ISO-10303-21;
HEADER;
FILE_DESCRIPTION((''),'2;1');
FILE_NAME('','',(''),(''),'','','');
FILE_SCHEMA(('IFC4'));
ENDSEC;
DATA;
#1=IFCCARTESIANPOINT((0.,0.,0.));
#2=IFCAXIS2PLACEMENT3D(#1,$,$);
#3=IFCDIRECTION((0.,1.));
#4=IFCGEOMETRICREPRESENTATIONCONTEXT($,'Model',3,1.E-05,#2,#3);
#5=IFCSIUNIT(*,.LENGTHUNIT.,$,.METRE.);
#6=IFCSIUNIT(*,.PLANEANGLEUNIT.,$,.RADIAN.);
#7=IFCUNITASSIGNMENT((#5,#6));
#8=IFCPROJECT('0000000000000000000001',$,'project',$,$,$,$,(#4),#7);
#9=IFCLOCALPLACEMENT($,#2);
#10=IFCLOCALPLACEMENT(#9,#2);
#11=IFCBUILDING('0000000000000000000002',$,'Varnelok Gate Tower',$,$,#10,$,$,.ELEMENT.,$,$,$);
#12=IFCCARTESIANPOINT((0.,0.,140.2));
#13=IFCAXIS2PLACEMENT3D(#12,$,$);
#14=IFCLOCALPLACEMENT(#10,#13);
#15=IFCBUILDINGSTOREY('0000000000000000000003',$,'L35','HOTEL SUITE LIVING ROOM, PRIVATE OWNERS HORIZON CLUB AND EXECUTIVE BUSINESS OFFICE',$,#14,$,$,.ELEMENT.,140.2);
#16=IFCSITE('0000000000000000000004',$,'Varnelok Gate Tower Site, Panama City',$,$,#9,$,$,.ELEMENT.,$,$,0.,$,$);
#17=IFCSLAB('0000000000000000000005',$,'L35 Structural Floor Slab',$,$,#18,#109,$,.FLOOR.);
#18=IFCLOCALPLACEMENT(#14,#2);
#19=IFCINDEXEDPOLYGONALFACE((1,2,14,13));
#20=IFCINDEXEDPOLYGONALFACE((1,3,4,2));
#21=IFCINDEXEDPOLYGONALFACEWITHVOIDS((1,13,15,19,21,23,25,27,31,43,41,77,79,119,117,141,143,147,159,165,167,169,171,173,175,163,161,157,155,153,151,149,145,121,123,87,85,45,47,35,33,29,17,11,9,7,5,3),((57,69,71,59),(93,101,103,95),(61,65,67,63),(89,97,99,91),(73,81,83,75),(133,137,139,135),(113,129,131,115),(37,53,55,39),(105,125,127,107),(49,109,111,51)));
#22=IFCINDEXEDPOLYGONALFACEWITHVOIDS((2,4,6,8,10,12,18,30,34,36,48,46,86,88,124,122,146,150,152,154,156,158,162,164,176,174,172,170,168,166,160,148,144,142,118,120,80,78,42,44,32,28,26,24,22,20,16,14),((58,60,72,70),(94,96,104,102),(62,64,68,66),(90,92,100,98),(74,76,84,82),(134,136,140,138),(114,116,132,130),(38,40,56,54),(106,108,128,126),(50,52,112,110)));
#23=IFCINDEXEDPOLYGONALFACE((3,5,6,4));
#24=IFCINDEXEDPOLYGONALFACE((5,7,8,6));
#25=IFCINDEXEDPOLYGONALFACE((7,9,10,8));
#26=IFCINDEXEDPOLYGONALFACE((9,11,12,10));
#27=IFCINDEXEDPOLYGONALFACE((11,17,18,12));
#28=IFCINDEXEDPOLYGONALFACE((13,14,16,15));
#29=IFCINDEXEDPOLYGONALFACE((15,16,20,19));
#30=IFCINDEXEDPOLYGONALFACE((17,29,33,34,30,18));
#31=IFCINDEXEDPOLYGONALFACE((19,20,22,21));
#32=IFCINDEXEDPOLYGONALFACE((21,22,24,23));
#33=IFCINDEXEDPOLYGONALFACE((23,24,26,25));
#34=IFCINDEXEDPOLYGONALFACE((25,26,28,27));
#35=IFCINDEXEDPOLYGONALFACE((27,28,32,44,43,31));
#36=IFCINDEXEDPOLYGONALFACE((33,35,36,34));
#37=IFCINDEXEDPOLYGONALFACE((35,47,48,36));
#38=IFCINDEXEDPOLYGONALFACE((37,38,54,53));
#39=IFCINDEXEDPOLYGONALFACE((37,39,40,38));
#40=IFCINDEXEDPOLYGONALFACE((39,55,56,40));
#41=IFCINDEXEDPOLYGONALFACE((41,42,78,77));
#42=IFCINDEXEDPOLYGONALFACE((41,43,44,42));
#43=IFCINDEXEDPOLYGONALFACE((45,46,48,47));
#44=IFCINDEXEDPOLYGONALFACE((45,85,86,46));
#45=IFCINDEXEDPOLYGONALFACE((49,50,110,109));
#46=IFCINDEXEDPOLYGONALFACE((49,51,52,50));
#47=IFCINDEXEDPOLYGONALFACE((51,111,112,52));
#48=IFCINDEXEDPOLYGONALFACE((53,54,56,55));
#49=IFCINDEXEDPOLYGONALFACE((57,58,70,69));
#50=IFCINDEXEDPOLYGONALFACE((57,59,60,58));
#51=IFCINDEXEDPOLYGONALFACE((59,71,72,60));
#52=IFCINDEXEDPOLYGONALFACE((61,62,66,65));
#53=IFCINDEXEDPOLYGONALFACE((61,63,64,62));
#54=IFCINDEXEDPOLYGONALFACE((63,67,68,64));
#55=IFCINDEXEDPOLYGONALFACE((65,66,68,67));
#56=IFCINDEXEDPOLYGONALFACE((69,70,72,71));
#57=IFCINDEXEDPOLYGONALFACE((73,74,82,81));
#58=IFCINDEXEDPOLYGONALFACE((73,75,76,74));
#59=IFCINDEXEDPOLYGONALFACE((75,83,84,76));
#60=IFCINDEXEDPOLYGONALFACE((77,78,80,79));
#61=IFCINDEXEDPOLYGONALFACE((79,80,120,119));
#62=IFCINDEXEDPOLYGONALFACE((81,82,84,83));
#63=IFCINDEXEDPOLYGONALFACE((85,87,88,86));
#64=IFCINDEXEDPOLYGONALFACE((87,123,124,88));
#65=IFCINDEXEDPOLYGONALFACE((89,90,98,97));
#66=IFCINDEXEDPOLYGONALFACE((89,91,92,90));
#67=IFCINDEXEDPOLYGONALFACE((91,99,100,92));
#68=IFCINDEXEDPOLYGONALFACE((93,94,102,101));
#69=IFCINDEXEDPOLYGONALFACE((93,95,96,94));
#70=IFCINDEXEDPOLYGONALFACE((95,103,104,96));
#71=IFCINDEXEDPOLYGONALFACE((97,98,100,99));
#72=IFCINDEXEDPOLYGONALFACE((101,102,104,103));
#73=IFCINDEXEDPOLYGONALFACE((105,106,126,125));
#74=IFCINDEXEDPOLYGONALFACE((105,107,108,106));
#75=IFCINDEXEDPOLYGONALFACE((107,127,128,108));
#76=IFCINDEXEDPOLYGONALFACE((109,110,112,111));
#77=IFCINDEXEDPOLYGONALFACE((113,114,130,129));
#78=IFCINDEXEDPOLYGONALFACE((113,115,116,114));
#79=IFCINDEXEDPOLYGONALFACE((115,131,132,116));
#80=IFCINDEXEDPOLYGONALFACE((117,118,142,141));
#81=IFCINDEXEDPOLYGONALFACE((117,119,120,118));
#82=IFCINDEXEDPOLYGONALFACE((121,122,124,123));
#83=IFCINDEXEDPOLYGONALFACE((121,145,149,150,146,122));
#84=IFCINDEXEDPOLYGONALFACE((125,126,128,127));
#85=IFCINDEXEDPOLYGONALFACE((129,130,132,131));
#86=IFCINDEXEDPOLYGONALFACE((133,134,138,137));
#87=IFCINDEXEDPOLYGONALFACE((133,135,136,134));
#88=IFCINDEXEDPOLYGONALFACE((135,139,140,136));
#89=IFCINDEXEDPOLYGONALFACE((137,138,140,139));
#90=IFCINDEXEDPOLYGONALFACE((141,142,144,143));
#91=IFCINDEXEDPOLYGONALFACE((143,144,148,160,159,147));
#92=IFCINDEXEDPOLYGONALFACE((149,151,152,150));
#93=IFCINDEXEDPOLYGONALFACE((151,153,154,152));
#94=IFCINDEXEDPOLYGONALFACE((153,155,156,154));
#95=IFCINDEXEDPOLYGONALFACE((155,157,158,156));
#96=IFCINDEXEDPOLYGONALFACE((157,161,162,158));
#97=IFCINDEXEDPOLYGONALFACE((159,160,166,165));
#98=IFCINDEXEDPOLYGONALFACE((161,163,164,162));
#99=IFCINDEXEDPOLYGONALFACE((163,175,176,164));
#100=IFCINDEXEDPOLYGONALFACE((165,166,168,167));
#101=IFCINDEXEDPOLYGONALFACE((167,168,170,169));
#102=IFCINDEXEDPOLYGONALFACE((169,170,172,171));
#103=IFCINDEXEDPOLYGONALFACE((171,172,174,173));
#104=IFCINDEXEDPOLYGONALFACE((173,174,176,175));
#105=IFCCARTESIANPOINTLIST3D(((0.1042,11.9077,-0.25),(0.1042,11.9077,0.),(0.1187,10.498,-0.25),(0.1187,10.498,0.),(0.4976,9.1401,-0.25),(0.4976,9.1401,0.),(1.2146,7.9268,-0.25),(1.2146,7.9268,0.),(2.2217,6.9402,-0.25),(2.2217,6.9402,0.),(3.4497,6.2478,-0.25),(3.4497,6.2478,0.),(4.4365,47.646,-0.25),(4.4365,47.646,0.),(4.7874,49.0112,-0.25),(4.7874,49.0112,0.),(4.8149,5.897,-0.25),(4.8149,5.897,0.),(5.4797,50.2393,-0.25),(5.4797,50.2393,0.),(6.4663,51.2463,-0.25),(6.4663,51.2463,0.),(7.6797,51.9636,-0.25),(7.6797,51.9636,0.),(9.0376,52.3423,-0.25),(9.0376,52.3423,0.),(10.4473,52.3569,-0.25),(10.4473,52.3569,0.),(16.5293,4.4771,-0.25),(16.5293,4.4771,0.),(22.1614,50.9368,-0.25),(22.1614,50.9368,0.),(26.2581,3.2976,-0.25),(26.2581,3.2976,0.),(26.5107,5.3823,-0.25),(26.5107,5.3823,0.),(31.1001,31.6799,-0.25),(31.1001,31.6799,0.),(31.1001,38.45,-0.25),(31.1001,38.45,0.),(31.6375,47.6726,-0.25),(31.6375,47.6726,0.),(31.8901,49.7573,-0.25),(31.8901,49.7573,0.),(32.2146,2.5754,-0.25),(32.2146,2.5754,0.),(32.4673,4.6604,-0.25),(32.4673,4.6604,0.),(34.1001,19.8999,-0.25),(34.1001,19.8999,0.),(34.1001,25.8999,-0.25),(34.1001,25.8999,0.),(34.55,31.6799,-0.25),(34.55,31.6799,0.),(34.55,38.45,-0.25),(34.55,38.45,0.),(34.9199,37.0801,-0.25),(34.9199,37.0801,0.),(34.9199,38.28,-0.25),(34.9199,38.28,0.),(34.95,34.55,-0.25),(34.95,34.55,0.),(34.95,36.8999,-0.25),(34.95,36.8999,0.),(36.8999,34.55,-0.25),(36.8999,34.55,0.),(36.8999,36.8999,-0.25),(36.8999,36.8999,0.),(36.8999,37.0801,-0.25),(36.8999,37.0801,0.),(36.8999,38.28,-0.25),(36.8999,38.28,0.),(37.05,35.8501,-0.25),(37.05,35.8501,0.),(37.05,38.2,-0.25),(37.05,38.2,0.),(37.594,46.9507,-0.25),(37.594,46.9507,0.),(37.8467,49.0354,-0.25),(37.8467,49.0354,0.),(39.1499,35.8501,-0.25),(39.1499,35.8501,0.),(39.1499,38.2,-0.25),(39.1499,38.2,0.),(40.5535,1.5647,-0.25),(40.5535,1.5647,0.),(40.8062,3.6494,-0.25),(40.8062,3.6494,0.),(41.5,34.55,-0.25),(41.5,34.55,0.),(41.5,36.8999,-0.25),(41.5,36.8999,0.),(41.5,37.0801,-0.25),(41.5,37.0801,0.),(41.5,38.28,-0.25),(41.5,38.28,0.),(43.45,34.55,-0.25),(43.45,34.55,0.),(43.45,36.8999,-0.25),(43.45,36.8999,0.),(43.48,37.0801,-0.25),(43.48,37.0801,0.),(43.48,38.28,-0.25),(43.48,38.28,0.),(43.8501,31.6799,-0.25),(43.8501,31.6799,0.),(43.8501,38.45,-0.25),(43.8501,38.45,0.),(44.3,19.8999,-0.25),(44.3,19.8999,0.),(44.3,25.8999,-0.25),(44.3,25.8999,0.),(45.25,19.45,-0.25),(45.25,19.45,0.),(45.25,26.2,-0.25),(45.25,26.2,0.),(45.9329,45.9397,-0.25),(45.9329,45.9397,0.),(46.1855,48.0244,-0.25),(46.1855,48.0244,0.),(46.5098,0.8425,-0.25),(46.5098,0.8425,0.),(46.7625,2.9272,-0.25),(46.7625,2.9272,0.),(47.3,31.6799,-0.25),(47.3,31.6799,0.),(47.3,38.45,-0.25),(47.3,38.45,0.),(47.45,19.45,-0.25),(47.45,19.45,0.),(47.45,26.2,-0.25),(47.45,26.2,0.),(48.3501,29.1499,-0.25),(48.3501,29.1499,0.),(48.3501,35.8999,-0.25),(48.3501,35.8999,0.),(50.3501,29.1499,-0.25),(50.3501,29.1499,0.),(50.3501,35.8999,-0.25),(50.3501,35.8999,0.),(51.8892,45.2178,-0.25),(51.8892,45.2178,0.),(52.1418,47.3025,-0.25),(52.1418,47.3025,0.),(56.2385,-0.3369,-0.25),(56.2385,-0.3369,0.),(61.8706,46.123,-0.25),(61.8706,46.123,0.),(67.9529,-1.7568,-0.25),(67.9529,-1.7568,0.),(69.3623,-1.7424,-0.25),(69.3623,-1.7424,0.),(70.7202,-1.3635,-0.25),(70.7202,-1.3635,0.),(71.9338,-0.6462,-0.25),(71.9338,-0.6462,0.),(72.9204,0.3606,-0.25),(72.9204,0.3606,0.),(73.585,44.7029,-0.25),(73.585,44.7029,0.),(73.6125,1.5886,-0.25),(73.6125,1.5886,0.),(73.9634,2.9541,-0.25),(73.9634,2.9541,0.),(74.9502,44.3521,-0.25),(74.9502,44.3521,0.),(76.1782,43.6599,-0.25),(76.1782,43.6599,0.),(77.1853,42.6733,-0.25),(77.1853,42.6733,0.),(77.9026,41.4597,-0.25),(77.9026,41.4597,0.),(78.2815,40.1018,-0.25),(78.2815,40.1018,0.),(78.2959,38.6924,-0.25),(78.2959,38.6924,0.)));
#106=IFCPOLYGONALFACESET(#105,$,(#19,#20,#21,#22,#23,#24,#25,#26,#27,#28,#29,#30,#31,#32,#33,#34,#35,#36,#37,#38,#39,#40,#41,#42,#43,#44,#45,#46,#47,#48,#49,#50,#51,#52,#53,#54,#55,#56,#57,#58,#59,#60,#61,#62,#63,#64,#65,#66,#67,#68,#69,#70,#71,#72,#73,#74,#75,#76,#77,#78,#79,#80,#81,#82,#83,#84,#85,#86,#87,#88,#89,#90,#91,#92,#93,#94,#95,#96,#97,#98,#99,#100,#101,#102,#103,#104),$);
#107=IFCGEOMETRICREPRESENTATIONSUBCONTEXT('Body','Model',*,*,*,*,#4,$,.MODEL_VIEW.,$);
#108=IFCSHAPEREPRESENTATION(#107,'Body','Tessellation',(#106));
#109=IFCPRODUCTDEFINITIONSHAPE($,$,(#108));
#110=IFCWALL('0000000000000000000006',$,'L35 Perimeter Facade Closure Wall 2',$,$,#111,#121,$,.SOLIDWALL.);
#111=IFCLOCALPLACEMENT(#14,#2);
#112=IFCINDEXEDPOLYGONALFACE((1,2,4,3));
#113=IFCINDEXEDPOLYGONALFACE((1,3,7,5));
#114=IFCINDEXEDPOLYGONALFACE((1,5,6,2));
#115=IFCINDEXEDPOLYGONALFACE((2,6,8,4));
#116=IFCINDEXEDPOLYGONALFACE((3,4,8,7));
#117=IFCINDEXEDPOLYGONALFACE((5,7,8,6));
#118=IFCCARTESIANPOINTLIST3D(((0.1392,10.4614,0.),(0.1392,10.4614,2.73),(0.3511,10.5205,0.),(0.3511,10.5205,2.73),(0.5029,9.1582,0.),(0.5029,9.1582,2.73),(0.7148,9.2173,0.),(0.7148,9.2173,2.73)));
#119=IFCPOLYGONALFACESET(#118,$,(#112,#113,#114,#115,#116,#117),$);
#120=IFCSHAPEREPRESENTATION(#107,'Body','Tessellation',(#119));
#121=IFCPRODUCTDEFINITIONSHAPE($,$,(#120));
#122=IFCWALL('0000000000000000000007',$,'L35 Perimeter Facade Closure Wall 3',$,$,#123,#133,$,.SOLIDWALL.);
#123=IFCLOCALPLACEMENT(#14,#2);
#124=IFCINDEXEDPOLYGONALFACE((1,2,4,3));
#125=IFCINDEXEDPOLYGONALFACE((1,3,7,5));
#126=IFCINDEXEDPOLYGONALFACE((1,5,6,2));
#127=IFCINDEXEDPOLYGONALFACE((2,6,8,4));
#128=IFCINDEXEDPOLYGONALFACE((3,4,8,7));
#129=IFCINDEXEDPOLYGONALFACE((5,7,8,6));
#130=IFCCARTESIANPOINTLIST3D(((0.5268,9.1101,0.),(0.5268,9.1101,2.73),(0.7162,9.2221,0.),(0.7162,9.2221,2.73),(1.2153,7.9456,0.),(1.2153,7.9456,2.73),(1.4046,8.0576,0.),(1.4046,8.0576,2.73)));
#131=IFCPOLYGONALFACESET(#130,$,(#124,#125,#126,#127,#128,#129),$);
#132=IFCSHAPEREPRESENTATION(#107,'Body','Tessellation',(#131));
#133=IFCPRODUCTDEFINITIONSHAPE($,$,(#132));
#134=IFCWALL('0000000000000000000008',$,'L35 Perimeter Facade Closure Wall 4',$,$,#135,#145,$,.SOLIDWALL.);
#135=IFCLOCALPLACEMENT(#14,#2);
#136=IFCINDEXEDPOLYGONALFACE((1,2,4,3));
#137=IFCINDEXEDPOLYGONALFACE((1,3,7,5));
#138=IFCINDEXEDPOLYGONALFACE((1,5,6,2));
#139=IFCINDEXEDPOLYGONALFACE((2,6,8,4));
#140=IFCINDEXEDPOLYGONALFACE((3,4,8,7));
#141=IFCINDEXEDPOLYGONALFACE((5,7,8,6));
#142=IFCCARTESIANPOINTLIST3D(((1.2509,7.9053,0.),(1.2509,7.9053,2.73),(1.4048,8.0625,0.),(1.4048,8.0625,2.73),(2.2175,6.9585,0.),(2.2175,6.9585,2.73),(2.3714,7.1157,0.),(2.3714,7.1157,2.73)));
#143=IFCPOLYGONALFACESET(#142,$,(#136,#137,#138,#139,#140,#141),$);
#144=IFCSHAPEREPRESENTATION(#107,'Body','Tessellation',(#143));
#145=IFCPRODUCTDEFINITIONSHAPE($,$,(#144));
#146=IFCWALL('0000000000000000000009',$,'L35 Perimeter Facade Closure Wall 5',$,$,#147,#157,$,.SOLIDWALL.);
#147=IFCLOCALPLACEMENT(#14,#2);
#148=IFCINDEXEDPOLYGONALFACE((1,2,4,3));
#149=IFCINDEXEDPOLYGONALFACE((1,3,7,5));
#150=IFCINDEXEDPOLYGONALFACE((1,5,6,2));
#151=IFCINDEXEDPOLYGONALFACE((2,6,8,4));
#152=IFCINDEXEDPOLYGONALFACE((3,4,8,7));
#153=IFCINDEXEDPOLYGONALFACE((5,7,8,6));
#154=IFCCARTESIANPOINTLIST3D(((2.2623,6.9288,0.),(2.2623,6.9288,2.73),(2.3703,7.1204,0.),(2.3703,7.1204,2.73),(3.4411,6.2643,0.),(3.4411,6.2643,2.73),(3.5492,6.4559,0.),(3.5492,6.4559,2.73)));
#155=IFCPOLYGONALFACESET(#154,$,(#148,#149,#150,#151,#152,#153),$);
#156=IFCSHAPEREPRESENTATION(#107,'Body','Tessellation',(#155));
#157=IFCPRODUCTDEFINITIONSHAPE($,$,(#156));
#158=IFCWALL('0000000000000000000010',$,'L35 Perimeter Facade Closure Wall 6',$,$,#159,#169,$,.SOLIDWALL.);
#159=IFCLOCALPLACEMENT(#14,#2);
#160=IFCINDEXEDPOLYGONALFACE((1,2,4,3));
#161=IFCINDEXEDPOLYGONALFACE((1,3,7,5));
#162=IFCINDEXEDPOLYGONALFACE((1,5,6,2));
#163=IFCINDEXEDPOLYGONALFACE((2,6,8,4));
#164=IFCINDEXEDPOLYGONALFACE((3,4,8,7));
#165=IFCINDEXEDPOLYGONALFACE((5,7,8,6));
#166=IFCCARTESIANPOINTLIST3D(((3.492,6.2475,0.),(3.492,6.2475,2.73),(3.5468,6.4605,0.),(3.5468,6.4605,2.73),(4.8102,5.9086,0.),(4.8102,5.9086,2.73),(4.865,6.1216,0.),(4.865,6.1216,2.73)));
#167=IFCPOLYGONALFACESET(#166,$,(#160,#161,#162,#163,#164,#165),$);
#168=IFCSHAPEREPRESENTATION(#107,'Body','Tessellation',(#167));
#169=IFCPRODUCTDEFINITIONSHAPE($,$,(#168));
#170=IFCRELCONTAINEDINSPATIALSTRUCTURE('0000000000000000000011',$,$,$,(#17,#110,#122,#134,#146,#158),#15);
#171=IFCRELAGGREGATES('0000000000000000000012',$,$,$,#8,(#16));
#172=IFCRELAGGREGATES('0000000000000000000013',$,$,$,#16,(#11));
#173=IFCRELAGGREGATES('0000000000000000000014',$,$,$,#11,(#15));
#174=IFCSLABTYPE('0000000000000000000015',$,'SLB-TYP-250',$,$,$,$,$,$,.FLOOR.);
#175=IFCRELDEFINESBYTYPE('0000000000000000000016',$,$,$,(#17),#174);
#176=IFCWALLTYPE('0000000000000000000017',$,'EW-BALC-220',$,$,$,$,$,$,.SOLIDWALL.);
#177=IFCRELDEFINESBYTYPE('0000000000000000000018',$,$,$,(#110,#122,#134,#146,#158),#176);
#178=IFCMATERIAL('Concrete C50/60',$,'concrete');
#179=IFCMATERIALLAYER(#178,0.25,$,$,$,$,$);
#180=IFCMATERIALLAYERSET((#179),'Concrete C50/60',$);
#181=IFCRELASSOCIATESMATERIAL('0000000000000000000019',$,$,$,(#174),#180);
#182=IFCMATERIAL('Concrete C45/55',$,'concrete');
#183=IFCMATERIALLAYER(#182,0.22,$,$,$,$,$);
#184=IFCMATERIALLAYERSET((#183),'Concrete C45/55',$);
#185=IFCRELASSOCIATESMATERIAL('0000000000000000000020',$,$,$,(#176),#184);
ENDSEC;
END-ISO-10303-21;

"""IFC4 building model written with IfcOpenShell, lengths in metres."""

from ifc_helpers import new_model, si_unit, direction, frame, frame_2d, origin, place, context, subcontext, project, spatial, polyline, rectangle, outline, extrude, material, layer, layer_set, type_object, element, save


model = new_model("IFC4")

# Units and contexts
model_context = context("Model", 3, precision=1e-05, world=origin(), true_north=direction((0.0, 1.0)))
body_context = subcontext(model_context, "Body", "Model", "MODEL_VIEW")
ifc_project = project(units=[si_unit("LENGTHUNIT", "METRE"), si_unit("PLANEANGLEUNIT", "RADIAN")], contexts=[model_context])

# Site, building, storey
site_placement = place(None, origin())
site = spatial("IfcSite", under=ifc_project, at=site_placement, Name="Varnelok Gate Tower Site, Panama City", CompositionType="ELEMENT", RefElevation=0.0)
building_placement = place(site_placement, origin())
building = spatial("IfcBuilding", under=site, at=building_placement, Name="Varnelok Gate Tower", CompositionType="ELEMENT")
storey_placement = place(building_placement, frame((0.0, 0.0, 140.2)))
storey = spatial("IfcBuildingStorey", under=building, at=storey_placement, Name="L35", Description="HOTEL SUITE LIVING ROOM, PRIVATE OWNERS HORIZON CLUB AND EXECUTIVE BUSINESS OFFICE", CompositionType="ELEMENT", Elevation=140.2)

# Shared definitions
ifc_material_1 = material(Name="Concrete C45/55", Category="concrete")

# Shared definitions
ifc_material_2 = material(Name="Concrete C50/60", Category="concrete")

# Slab
ifc_layer_1 = layer(ifc_material_2, 0.25)
ifc_layer_set_1 = layer_set([ifc_layer_1], Name="Concrete C50/60")
slab_type_1 = type_object("IfcSlabType", Name="SLB-TYP-250", PredefinedType="FLOOR", material=ifc_layer_set_1)
slab_1_placement = place(storey_placement, frame((0.0, 0.0, -0.25)))
element("IfcSlab", 1, at=slab_1_placement, inside=storey, type_object=slab_type_1, Name="L35 Structural Floor Slab", PredefinedType="FLOOR", context=body_context, shape_type="SweptSolid", body=[
    extrude(outline(polyline([(0.1042, 11.9077), (0.1187, 10.498), (0.4976, 9.1401), (1.2146, 7.9268), (2.2217, 6.9402), (3.4497, 6.2478), (4.8149, 5.897), (16.5293, 4.4771), (26.2581, 3.2976), (26.5107, 5.3823), (32.4673, 4.6604), (32.2146, 2.5754), (40.5535, 1.5647), (40.8062, 3.6494), (46.7625, 2.9272), (46.5098, 0.8425), (56.2385, -0.3369), (67.9529, -1.7568), (69.3623, -1.7424), (70.7202, -1.3635), (71.9338, -0.6462), (72.9204, 0.3606), (73.6125, 1.5886), (73.9634, 2.9541), (78.2959, 38.6924), (78.2815, 40.1018), (77.9026, 41.4597), (77.1853, 42.6733), (76.1782, 43.6599), (74.9502, 44.3521), (73.585, 44.7029), (61.8706, 46.123), (52.1418, 47.3025), (51.8892, 45.2178), (45.9329, 45.9397), (46.1855, 48.0244), (37.8467, 49.0354), (37.594, 46.9507), (31.6375, 47.6726), (31.8901, 49.7573), (22.1614, 50.9368), (10.4473, 52.3569), (9.0376, 52.3423), (7.6797, 51.9636), (6.4663, 51.2463), (5.4797, 50.2393), (4.7874, 49.0112), (4.4365, 47.646), (0.1042, 11.9077)]), holes=[polyline([(34.55, 31.6799), (34.55, 38.45), (31.1001, 38.45), (31.1001, 31.6799), (34.55, 31.6799)]), polyline([(47.3, 31.6799), (47.3, 38.45), (43.8501, 38.45), (43.8501, 31.6799), (47.3, 31.6799)]), polyline([(34.95, 34.55), (36.8999, 34.55), (36.8999, 36.8999), (34.95, 36.8999), (34.95, 34.55)]), polyline([(41.5, 34.55), (43.45, 34.55), (43.45, 36.8999), (41.5, 36.8999), (41.5, 34.55)]), polyline([(37.05, 35.8501), (39.1499, 35.8501), (39.1499, 38.2), (37.05, 38.2), (37.05, 35.8501)]), polyline([(48.3501, 29.1499), (50.3501, 29.1499), (50.3501, 35.8999), (48.3501, 35.8999), (48.3501, 29.1499)]), polyline([(45.25, 19.45), (47.45, 19.45), (47.45, 26.2), (45.25, 26.2), (45.25, 19.45)]), polyline([(34.9199, 37.0801), (36.8999, 37.0801), (36.8999, 38.28), (34.9199, 38.28), (34.9199, 37.0801)]), polyline([(41.5, 37.0801), (43.48, 37.0801), (43.48, 38.28), (41.5, 38.28), (41.5, 37.0801)]), polyline([(34.1001, 19.8999), (44.3, 19.8999), (44.3, 25.8999), (34.1001, 25.8999), (34.1001, 19.8999)])]), origin(), (0.0, 0.0, 1.0), 0.25),
])

# Walls
ifc_layer_2 = layer(ifc_material_1, 0.22)
ifc_layer_set_2 = layer_set([ifc_layer_2], Name="Concrete C45/55")
wall_type_1 = type_object("IfcWallType", Name="EW-BALC-220", PredefinedType="SOLIDWALL", material=ifc_layer_set_2)
wall_1_placement = place(storey_placement, frame((0.2451, 10.491, 0.0), z_axis=(0.0, 0.0, 1.0), x_axis=(0.268853, -0.963181, 0.0)))
element("IfcWall", 2, at=wall_1_placement, inside=storey, type_object=wall_type_1, Name="L35 Perimeter Facade Closure Wall 2", PredefinedType="SOLIDWALL", context=body_context, shape_type="SweptSolid", body=[
    extrude(rectangle(XDim=1.353, YDim=0.22, at=frame_2d((0.6765, 0.0))), origin(), (0.0, 0.0, 1.0), 2.73),
])
wall_2_placement = place(storey_placement, frame((0.6216, 9.166, 0.0), z_axis=(0.0, 0.0, 1.0), x_axis=(0.508912, -0.860819, 0.0)))
element("IfcWall", 3, at=wall_2_placement, inside=storey, type_object=wall_type_1, Name="L35 Perimeter Facade Closure Wall 3", PredefinedType="SOLIDWALL", context=body_context, shape_type="SweptSolid", body=[
    extrude(rectangle(XDim=1.3528, YDim=0.22, at=frame_2d((0.6763, 0.0))), origin(), (0.0, 0.0, 1.0), 2.73),
])
wall_3_placement = place(storey_placement, frame((1.3279, 7.9839, 0.0), z_axis=(0.0, 0.0, 1.0), x_axis=(0.714377, -0.699761, 0.0)))
element("IfcWall", 4, at=wall_3_placement, inside=storey, type_object=wall_type_1, Name="L35 Perimeter Facade Closure Wall 4", PredefinedType="SOLIDWALL", context=body_context, shape_type="SweptSolid", body=[
    extrude(rectangle(XDim=1.353, YDim=0.22, at=frame_2d((0.6765, 0.0))), origin(), (0.0, 0.0, 1.0), 2.73),
])
wall_4_placement = place(storey_placement, frame((2.3162, 7.0247, 0.0), z_axis=(0.0, 0.0, 1.0), x_axis=(0.871137, -0.49104, 0.0)))
element("IfcWall", 5, at=wall_4_placement, inside=storey, type_object=wall_type_1, Name="L35 Perimeter Facade Closure Wall 5", PredefinedType="SOLIDWALL", context=body_context, shape_type="SweptSolid", body=[
    extrude(rectangle(XDim=1.3533, YDim=0.22, at=frame_2d((0.6768, 0.0))), origin(), (0.0, 0.0, 1.0), 2.73),
])
wall_5_placement = place(storey_placement, frame((3.5193, 6.354, 0.0), z_axis=(0.0, 0.0, 1.0), x_axis=(0.968507, -0.248988, 0.0)))
element("IfcWall", 6, at=wall_5_placement, inside=storey, type_object=wall_type_1, Name="L35 Perimeter Facade Closure Wall 6", PredefinedType="SOLIDWALL", context=body_context, shape_type="SweptSolid", body=[
    extrude(rectangle(XDim=1.3611, YDim=0.22, at=frame_2d((0.6807, 0.0))), origin(), (0.0, 0.0, 1.0), 2.73),
])

save(model, "model.ifc")
